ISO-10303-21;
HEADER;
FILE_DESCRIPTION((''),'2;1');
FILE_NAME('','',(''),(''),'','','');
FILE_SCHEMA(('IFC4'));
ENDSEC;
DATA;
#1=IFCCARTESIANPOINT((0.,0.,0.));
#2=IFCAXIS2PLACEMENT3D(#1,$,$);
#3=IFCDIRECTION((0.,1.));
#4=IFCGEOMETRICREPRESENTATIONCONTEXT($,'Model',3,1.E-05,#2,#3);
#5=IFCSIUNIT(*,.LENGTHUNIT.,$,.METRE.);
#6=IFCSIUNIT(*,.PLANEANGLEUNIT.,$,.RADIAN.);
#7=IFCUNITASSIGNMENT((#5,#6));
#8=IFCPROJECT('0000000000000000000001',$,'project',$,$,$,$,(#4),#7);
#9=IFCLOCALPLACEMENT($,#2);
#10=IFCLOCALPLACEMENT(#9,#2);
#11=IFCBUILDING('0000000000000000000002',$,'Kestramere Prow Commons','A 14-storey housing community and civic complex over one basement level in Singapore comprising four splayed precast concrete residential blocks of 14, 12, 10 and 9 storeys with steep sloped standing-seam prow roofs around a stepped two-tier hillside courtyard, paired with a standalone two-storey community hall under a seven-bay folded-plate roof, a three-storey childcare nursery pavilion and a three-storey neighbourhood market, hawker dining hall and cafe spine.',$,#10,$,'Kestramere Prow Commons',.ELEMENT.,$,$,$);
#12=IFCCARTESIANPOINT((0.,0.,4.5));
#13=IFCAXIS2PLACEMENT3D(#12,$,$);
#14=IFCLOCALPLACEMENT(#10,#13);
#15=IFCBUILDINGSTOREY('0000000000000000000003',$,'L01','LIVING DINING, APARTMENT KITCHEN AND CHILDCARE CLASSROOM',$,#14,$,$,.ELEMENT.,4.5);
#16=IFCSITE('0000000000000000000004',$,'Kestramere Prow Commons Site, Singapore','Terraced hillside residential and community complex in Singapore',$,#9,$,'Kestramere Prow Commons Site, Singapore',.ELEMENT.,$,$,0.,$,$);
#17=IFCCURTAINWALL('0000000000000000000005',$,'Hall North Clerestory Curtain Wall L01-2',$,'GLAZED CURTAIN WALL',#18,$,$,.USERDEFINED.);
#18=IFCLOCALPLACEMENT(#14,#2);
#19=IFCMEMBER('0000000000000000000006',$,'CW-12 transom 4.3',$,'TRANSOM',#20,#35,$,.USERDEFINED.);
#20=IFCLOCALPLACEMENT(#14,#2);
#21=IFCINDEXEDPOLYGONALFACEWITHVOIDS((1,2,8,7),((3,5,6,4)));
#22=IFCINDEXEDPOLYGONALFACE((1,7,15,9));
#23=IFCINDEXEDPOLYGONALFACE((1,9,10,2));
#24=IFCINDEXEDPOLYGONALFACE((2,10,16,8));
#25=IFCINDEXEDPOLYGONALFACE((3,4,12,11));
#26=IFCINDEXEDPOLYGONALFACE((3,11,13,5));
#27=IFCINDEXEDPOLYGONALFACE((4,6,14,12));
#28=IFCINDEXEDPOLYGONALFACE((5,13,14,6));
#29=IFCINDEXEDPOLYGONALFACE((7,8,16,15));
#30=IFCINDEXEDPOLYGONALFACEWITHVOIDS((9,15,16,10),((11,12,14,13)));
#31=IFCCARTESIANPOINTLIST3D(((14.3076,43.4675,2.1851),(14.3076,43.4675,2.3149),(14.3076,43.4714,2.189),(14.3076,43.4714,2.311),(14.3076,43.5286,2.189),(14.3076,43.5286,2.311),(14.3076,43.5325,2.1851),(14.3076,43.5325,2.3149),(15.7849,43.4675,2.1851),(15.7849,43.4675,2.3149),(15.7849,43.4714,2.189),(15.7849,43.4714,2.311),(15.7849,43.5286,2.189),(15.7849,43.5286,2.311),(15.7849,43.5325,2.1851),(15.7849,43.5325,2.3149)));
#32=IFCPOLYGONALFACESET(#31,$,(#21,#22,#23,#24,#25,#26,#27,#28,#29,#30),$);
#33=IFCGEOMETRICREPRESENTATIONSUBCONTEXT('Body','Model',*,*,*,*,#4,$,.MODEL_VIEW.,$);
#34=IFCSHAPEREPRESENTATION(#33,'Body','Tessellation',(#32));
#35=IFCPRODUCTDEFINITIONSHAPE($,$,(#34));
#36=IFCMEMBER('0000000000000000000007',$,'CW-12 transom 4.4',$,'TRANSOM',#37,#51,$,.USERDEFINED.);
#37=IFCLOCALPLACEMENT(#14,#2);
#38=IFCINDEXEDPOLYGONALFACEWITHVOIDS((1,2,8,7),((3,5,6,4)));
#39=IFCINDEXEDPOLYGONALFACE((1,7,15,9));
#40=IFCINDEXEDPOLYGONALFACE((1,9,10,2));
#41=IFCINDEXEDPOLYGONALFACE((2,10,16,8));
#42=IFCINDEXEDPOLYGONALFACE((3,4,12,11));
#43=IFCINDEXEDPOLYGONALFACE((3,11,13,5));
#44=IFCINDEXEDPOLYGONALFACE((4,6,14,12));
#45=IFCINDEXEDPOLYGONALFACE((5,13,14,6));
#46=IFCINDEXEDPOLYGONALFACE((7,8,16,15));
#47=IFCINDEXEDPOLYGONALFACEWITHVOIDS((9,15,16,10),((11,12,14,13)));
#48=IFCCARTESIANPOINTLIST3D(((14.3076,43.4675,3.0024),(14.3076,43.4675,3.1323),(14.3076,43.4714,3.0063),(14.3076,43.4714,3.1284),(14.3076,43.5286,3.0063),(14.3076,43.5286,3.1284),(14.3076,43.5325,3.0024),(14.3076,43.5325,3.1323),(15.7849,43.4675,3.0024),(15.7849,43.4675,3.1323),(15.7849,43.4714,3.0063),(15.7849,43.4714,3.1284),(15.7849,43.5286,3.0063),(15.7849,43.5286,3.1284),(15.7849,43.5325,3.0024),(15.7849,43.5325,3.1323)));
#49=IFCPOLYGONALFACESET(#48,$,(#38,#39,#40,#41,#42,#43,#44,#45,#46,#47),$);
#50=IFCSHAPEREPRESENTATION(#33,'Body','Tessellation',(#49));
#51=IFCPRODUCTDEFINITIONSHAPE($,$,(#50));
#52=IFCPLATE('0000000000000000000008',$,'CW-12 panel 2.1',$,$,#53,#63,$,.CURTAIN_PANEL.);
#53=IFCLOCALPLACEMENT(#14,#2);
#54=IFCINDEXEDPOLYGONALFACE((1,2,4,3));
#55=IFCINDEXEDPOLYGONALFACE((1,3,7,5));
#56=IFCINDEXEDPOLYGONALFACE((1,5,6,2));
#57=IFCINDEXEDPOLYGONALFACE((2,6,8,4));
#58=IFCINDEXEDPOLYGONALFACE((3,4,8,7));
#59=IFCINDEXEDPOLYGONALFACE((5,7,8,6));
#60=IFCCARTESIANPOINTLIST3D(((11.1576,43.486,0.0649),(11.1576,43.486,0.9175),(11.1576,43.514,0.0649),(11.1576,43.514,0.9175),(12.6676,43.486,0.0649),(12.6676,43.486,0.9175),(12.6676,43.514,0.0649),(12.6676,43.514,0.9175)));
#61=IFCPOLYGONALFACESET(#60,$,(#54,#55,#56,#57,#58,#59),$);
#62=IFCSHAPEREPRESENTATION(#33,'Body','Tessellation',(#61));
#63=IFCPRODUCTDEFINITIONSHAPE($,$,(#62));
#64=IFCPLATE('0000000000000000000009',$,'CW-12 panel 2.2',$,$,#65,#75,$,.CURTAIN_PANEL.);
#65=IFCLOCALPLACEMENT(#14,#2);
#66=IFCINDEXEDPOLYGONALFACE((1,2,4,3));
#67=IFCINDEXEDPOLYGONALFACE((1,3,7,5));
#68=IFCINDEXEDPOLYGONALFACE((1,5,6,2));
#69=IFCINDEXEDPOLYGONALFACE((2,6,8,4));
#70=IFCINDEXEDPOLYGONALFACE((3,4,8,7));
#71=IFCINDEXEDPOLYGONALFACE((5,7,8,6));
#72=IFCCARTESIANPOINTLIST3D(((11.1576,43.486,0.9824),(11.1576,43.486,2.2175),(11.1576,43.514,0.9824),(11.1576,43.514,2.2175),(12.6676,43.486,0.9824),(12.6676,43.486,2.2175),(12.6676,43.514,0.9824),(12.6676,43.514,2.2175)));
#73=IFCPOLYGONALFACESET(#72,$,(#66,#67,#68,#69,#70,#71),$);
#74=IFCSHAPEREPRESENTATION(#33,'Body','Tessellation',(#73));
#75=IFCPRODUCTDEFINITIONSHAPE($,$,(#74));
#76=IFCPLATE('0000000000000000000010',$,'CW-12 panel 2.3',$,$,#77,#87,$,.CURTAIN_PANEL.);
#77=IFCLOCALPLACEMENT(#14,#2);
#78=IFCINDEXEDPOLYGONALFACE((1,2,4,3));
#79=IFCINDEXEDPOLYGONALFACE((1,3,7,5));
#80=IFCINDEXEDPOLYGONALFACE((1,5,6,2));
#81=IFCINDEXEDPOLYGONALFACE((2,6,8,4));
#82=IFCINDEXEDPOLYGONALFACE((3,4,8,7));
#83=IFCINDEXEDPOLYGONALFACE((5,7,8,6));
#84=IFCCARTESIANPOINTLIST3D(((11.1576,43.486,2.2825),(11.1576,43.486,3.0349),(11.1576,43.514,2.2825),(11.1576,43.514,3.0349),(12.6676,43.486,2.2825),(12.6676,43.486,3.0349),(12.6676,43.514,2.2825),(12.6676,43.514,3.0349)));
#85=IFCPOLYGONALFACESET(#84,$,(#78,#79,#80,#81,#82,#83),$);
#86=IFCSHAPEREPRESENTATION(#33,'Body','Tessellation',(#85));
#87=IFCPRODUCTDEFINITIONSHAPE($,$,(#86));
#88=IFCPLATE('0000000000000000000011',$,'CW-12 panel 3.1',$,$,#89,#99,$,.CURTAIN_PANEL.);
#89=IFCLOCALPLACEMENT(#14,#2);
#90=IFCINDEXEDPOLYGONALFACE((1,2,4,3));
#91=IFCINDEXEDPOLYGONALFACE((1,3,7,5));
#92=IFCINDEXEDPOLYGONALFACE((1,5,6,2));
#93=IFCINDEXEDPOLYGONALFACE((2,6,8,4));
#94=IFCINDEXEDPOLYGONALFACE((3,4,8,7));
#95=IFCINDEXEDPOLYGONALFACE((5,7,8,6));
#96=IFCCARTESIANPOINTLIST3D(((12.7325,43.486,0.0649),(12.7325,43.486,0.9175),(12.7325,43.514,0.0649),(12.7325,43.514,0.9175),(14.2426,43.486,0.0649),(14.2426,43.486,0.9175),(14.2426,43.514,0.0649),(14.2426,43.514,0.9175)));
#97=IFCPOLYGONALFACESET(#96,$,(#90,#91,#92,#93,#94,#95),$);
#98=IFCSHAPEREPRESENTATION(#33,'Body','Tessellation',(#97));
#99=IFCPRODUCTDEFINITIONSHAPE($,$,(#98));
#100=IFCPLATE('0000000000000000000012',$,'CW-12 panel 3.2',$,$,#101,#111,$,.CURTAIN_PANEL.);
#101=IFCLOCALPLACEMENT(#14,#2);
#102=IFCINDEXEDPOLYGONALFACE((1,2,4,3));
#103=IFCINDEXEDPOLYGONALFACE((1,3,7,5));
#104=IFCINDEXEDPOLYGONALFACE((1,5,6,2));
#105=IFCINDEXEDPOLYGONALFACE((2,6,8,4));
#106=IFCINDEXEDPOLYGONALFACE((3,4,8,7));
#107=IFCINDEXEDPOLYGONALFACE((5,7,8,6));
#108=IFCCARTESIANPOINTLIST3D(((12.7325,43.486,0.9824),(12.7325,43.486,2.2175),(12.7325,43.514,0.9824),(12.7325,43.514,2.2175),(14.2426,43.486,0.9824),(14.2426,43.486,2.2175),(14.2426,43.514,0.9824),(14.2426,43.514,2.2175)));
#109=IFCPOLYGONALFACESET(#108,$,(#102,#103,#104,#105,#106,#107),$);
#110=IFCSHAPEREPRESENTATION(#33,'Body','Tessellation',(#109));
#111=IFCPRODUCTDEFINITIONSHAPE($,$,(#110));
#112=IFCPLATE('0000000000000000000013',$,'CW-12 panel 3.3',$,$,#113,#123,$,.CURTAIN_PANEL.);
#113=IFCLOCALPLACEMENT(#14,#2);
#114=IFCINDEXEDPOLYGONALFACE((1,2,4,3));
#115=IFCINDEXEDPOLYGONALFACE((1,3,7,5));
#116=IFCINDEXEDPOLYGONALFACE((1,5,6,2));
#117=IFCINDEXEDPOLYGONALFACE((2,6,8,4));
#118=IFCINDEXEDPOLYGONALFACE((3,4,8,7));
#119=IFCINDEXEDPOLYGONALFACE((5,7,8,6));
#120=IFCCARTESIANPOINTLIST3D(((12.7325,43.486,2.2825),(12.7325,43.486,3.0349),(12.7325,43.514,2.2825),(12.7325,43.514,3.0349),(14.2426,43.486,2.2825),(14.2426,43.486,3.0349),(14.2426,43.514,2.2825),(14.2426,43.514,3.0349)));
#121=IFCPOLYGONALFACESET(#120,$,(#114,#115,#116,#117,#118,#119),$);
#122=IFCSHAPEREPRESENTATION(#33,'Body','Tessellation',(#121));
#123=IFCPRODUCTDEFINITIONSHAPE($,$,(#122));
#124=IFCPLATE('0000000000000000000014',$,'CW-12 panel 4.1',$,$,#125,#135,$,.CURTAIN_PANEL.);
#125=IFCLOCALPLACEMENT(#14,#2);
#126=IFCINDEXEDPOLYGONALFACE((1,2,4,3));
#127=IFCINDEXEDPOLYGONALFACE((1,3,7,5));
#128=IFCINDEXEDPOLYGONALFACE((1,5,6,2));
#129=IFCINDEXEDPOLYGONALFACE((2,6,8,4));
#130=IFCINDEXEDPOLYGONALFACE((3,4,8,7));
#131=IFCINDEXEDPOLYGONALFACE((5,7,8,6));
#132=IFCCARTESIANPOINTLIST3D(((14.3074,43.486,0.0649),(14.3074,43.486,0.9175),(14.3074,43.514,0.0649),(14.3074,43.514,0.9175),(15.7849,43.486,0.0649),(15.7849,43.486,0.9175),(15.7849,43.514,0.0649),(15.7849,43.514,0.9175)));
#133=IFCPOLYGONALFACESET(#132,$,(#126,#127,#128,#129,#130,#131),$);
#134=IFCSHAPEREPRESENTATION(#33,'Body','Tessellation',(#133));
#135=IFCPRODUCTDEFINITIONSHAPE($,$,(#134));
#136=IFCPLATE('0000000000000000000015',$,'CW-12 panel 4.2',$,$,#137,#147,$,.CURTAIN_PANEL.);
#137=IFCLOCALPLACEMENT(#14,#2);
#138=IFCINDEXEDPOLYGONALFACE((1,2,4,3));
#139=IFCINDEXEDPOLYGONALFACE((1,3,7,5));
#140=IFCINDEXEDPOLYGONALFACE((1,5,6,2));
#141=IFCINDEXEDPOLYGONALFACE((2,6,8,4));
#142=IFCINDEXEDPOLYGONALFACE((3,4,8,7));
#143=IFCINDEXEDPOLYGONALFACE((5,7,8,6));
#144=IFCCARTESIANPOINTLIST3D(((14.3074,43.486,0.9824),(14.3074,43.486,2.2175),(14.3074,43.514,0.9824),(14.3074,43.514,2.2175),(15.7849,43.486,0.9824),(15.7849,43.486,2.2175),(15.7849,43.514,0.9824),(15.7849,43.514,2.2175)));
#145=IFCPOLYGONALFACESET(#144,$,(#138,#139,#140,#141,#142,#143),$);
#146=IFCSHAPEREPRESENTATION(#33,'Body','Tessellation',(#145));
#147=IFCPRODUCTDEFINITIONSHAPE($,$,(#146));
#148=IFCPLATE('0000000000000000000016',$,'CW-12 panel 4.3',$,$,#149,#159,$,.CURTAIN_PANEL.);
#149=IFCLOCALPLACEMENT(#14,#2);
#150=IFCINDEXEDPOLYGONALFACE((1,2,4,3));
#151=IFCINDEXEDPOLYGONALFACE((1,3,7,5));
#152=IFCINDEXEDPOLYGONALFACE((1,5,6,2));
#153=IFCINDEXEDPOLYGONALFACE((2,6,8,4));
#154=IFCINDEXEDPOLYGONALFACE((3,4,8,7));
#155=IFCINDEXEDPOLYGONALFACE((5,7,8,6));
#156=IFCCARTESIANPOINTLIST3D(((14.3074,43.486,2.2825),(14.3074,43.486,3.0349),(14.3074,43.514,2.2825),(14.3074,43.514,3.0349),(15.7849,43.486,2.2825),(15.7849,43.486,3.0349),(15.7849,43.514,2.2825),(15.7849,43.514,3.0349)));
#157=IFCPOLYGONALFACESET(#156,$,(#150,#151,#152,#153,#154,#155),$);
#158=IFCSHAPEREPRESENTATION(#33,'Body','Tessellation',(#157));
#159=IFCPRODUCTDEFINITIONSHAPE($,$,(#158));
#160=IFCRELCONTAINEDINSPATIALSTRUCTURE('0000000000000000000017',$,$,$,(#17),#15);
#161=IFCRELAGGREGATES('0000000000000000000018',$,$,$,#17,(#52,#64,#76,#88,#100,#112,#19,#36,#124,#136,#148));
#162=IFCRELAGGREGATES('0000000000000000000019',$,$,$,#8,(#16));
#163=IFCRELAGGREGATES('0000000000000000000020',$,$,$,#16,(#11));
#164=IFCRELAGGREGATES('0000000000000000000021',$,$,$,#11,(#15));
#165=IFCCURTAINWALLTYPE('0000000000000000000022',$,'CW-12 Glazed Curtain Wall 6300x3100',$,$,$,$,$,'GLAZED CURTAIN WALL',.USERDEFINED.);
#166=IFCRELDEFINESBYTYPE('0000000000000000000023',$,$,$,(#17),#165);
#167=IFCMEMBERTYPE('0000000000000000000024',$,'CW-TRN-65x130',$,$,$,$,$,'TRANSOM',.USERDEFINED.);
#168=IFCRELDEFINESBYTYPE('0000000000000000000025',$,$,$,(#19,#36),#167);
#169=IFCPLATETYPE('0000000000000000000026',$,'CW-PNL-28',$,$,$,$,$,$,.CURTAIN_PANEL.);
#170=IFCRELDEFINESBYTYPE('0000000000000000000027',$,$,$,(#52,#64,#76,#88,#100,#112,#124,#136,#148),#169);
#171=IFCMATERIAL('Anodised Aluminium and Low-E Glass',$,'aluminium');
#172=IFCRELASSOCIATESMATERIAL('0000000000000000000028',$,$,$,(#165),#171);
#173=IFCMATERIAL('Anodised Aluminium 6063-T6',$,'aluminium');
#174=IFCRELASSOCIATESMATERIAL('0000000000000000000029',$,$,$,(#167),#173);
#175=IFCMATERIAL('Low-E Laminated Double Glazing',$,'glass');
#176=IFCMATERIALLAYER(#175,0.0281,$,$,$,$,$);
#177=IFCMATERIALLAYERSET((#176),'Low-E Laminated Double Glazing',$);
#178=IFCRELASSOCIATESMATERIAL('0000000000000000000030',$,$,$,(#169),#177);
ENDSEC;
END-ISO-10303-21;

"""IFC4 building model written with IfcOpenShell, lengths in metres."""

from ifc_helpers import new_model, si_unit, direction, frame, origin, origin_2d, place, context, subcontext, project, spatial, rectangle, hollow_rectangle, extrude, material, layer, layer_set, material_profile, profile_set, type_object, element, aggregate, save


model = new_model("IFC4")

# Units and contexts
model_context = context("Model", 3, precision=1e-05, world=origin(), true_north=direction((0.0, 1.0)))
body_context = subcontext(model_context, "Body", "Model", "MODEL_VIEW")
ifc_project = project(units=[si_unit("LENGTHUNIT", "METRE"), si_unit("PLANEANGLEUNIT", "RADIAN")], contexts=[model_context])

# Site, building, storey
site_placement = place(None, origin())
site = spatial("IfcSite", under=ifc_project, at=site_placement, Name="Kestramere Prow Commons Site, Singapore", Description="Terraced hillside residential and community complex in Singapore", LongName="Kestramere Prow Commons Site, Singapore", CompositionType="ELEMENT", RefElevation=0.0)
building_placement = place(site_placement, origin())
building = spatial("IfcBuilding", under=site, at=building_placement, Name="Kestramere Prow Commons", Description="A 14-storey housing community and civic complex over one basement level in Singapore comprising four splayed precast concrete residential blocks of 14, 12, 10 and 9 storeys with steep sloped standing-seam prow roofs around a stepped two-tier hillside courtyard, paired with a standalone two-storey community hall under a seven-bay folded-plate roof, a three-storey childcare nursery pavilion and a three-storey neighbourhood market, hawker dining hall and cafe spine.", LongName="Kestramere Prow Commons", CompositionType="ELEMENT")
storey_placement = place(building_placement, frame((0.0, 0.0, 4.5)))
storey = spatial("IfcBuildingStorey", under=building, at=storey_placement, Name="L01", Description="LIVING DINING, APARTMENT KITCHEN AND CHILDCARE CLASSROOM", CompositionType="ELEMENT", Elevation=4.5)

# Curtain wall, members, plates
ifc_material_1 = material(Name="Anodised Aluminium and Low-E Glass", Category="aluminium")
curtain_wall_type = type_object("IfcCurtainWallType", Name="CW-12 Glazed Curtain Wall 6300x3100", ElementType="GLAZED CURTAIN WALL", PredefinedType="USERDEFINED", material=ifc_material_1)
curtain_wall_placement = place(storey_placement, origin())
curtain_wall = element("IfcCurtainWall", 1, at=curtain_wall_placement, inside=storey, type_object=curtain_wall_type, Name="Hall North Clerestory Curtain Wall L01-2", ObjectType="GLAZED CURTAIN WALL", PredefinedType="USERDEFINED")
ifc_material_2 = material(Name="Anodised Aluminium 6063-T6", Category="aluminium")
ifc_material_profile_1 = material_profile(ifc_material_2, hollow_rectangle(XDim=0.0649, YDim=0.1299, WallThickness=0.0039, at=origin_2d()), Name="ALU-TRN 65x130")
ifc_profile_set_1 = profile_set([ifc_material_profile_1], Name="Anodised Aluminium 6063-T6")
member_type_1 = type_object("IfcMemberType", Name="CW-TRN-65x130", ElementType="TRANSOM", PredefinedType="USERDEFINED", material=ifc_profile_set_1)
member_1_placement = place(storey_placement, frame((14.3076, 43.5, 2.25), z_axis=(1.0, 0.0, 0.0), x_axis=(0.0, 1.0, 0.0)))
member_1 = element("IfcMember", 2, at=member_1_placement, type_object=member_type_1, Name="CW-12 transom 4.3", ObjectType="TRANSOM", PredefinedType="USERDEFINED", context=body_context, shape_type="SweptSolid", body=[
    extrude(hollow_rectangle(XDim=0.0649, YDim=0.1299, WallThickness=0.0039, at=origin_2d()), origin(), (0.0, 0.0, 1.0), 1.4773),
])
member_2_placement = place(storey_placement, frame((14.3076, 43.5, 3.0674), z_axis=(1.0, 0.0, 0.0), x_axis=(0.0, 1.0, 0.0)))
member_2 = element("IfcMember", 3, at=member_2_placement, type_object=member_type_1, Name="CW-12 transom 4.4", ObjectType="TRANSOM", PredefinedType="USERDEFINED", context=body_context, shape_type="SweptSolid", body=[
    extrude(hollow_rectangle(XDim=0.0649, YDim=0.1299, WallThickness=0.0039, at=origin_2d()), origin(), (0.0, 0.0, 1.0), 1.4773),
])
ifc_material_3 = material(Name="Low-E Laminated Double Glazing", Category="glass")
ifc_layer = layer(ifc_material_3, 0.0281)
ifc_layer_set = layer_set([ifc_layer], Name="Low-E Laminated Double Glazing")
plate_type = type_object("IfcPlateType", Name="CW-PNL-28", PredefinedType="CURTAIN_PANEL", material=ifc_layer_set)
plate_1_placement = place(storey_placement, frame((11.9126, 43.5, 0.0649), z_axis=(0.0, 0.0, 1.0), x_axis=(1.0, 0.0, 0.0)))
plate_1 = element("IfcPlate", 4, at=plate_1_placement, type_object=plate_type, Name="CW-12 panel 2.1", PredefinedType="CURTAIN_PANEL", context=body_context, shape_type="SweptSolid", body=[
    extrude(rectangle(XDim=1.51, YDim=0.0281, at=origin_2d()), origin(), (0.0, 0.0, 1.0), 0.8525),
])
plate_2_placement = place(storey_placement, frame((11.9126, 43.5, 0.9824), z_axis=(0.0, 0.0, 1.0), x_axis=(1.0, 0.0, 0.0)))
plate_2 = element("IfcPlate", 5, at=plate_2_placement, type_object=plate_type, Name="CW-12 panel 2.2", PredefinedType="CURTAIN_PANEL", context=body_context, shape_type="SweptSolid", body=[
    extrude(rectangle(XDim=1.51, YDim=0.0281, at=origin_2d()), origin(), (0.0, 0.0, 1.0), 1.2351),
])
plate_3_placement = place(storey_placement, frame((11.9126, 43.5, 2.2825), z_axis=(0.0, 0.0, 1.0), x_axis=(1.0, 0.0, 0.0)))
plate_3 = element("IfcPlate", 6, at=plate_3_placement, type_object=plate_type, Name="CW-12 panel 2.3", PredefinedType="CURTAIN_PANEL", context=body_context, shape_type="SweptSolid", body=[
    extrude(rectangle(XDim=1.51, YDim=0.0281, at=origin_2d()), origin(), (0.0, 0.0, 1.0), 0.7524),
])
plate_4_placement = place(storey_placement, frame((13.4875, 43.5, 0.0649), z_axis=(0.0, 0.0, 1.0), x_axis=(1.0, 0.0, 0.0)))
plate_4 = element("IfcPlate", 7, at=plate_4_placement, type_object=plate_type, Name="CW-12 panel 3.1", PredefinedType="CURTAIN_PANEL", context=body_context, shape_type="SweptSolid", body=[
    extrude(rectangle(XDim=1.51, YDim=0.0281, at=origin_2d()), origin(), (0.0, 0.0, 1.0), 0.8525),
])
plate_5_placement = place(storey_placement, frame((13.4875, 43.5, 0.9824), z_axis=(0.0, 0.0, 1.0), x_axis=(1.0, 0.0, 0.0)))
plate_5 = element("IfcPlate", 8, at=plate_5_placement, type_object=plate_type, Name="CW-12 panel 3.2", PredefinedType="CURTAIN_PANEL", context=body_context, shape_type="SweptSolid", body=[
    extrude(rectangle(XDim=1.51, YDim=0.0281, at=origin_2d()), origin(), (0.0, 0.0, 1.0), 1.2351),
])
plate_6_placement = place(storey_placement, frame((13.4875, 43.5, 2.2825), z_axis=(0.0, 0.0, 1.0), x_axis=(1.0, 0.0, 0.0)))
plate_6 = element("IfcPlate", 9, at=plate_6_placement, type_object=plate_type, Name="CW-12 panel 3.3", PredefinedType="CURTAIN_PANEL", context=body_context, shape_type="SweptSolid", body=[
    extrude(rectangle(XDim=1.51, YDim=0.0281, at=origin_2d()), origin(), (0.0, 0.0, 1.0), 0.7524),
])
plate_7_placement = place(storey_placement, frame((15.0461, 43.5, 0.0649), z_axis=(0.0, 0.0, 1.0), x_axis=(1.0, 0.0, 0.0)))
plate_7 = element("IfcPlate", 10, at=plate_7_placement, type_object=plate_type, Name="CW-12 panel 4.1", PredefinedType="CURTAIN_PANEL", context=body_context, shape_type="SweptSolid", body=[
    extrude(rectangle(XDim=1.4775, YDim=0.0281, at=origin_2d()), origin(), (0.0, 0.0, 1.0), 0.8525),
])
plate_8_placement = place(storey_placement, frame((15.0461, 43.5, 0.9824), z_axis=(0.0, 0.0, 1.0), x_axis=(1.0, 0.0, 0.0)))
plate_8 = element("IfcPlate", 11, at=plate_8_placement, type_object=plate_type, Name="CW-12 panel 4.2", PredefinedType="CURTAIN_PANEL", context=body_context, shape_type="SweptSolid", body=[
    extrude(rectangle(XDim=1.4775, YDim=0.0281, at=origin_2d()), origin(), (0.0, 0.0, 1.0), 1.2351),
])
plate_9_placement = place(storey_placement, frame((15.0461, 43.5, 2.2825), z_axis=(0.0, 0.0, 1.0), x_axis=(1.0, 0.0, 0.0)))
plate_9 = element("IfcPlate", 12, at=plate_9_placement, type_object=plate_type, Name="CW-12 panel 4.3", PredefinedType="CURTAIN_PANEL", context=body_context, shape_type="SweptSolid", body=[
    extrude(rectangle(XDim=1.4775, YDim=0.0281, at=origin_2d()), origin(), (0.0, 0.0, 1.0), 0.7524),
])
aggregate(curtain_wall, [plate_1, plate_2, plate_3, plate_4, plate_5, plate_6, member_1, member_2, plate_7, plate_8, plate_9])

save(model, "model.ifc")
